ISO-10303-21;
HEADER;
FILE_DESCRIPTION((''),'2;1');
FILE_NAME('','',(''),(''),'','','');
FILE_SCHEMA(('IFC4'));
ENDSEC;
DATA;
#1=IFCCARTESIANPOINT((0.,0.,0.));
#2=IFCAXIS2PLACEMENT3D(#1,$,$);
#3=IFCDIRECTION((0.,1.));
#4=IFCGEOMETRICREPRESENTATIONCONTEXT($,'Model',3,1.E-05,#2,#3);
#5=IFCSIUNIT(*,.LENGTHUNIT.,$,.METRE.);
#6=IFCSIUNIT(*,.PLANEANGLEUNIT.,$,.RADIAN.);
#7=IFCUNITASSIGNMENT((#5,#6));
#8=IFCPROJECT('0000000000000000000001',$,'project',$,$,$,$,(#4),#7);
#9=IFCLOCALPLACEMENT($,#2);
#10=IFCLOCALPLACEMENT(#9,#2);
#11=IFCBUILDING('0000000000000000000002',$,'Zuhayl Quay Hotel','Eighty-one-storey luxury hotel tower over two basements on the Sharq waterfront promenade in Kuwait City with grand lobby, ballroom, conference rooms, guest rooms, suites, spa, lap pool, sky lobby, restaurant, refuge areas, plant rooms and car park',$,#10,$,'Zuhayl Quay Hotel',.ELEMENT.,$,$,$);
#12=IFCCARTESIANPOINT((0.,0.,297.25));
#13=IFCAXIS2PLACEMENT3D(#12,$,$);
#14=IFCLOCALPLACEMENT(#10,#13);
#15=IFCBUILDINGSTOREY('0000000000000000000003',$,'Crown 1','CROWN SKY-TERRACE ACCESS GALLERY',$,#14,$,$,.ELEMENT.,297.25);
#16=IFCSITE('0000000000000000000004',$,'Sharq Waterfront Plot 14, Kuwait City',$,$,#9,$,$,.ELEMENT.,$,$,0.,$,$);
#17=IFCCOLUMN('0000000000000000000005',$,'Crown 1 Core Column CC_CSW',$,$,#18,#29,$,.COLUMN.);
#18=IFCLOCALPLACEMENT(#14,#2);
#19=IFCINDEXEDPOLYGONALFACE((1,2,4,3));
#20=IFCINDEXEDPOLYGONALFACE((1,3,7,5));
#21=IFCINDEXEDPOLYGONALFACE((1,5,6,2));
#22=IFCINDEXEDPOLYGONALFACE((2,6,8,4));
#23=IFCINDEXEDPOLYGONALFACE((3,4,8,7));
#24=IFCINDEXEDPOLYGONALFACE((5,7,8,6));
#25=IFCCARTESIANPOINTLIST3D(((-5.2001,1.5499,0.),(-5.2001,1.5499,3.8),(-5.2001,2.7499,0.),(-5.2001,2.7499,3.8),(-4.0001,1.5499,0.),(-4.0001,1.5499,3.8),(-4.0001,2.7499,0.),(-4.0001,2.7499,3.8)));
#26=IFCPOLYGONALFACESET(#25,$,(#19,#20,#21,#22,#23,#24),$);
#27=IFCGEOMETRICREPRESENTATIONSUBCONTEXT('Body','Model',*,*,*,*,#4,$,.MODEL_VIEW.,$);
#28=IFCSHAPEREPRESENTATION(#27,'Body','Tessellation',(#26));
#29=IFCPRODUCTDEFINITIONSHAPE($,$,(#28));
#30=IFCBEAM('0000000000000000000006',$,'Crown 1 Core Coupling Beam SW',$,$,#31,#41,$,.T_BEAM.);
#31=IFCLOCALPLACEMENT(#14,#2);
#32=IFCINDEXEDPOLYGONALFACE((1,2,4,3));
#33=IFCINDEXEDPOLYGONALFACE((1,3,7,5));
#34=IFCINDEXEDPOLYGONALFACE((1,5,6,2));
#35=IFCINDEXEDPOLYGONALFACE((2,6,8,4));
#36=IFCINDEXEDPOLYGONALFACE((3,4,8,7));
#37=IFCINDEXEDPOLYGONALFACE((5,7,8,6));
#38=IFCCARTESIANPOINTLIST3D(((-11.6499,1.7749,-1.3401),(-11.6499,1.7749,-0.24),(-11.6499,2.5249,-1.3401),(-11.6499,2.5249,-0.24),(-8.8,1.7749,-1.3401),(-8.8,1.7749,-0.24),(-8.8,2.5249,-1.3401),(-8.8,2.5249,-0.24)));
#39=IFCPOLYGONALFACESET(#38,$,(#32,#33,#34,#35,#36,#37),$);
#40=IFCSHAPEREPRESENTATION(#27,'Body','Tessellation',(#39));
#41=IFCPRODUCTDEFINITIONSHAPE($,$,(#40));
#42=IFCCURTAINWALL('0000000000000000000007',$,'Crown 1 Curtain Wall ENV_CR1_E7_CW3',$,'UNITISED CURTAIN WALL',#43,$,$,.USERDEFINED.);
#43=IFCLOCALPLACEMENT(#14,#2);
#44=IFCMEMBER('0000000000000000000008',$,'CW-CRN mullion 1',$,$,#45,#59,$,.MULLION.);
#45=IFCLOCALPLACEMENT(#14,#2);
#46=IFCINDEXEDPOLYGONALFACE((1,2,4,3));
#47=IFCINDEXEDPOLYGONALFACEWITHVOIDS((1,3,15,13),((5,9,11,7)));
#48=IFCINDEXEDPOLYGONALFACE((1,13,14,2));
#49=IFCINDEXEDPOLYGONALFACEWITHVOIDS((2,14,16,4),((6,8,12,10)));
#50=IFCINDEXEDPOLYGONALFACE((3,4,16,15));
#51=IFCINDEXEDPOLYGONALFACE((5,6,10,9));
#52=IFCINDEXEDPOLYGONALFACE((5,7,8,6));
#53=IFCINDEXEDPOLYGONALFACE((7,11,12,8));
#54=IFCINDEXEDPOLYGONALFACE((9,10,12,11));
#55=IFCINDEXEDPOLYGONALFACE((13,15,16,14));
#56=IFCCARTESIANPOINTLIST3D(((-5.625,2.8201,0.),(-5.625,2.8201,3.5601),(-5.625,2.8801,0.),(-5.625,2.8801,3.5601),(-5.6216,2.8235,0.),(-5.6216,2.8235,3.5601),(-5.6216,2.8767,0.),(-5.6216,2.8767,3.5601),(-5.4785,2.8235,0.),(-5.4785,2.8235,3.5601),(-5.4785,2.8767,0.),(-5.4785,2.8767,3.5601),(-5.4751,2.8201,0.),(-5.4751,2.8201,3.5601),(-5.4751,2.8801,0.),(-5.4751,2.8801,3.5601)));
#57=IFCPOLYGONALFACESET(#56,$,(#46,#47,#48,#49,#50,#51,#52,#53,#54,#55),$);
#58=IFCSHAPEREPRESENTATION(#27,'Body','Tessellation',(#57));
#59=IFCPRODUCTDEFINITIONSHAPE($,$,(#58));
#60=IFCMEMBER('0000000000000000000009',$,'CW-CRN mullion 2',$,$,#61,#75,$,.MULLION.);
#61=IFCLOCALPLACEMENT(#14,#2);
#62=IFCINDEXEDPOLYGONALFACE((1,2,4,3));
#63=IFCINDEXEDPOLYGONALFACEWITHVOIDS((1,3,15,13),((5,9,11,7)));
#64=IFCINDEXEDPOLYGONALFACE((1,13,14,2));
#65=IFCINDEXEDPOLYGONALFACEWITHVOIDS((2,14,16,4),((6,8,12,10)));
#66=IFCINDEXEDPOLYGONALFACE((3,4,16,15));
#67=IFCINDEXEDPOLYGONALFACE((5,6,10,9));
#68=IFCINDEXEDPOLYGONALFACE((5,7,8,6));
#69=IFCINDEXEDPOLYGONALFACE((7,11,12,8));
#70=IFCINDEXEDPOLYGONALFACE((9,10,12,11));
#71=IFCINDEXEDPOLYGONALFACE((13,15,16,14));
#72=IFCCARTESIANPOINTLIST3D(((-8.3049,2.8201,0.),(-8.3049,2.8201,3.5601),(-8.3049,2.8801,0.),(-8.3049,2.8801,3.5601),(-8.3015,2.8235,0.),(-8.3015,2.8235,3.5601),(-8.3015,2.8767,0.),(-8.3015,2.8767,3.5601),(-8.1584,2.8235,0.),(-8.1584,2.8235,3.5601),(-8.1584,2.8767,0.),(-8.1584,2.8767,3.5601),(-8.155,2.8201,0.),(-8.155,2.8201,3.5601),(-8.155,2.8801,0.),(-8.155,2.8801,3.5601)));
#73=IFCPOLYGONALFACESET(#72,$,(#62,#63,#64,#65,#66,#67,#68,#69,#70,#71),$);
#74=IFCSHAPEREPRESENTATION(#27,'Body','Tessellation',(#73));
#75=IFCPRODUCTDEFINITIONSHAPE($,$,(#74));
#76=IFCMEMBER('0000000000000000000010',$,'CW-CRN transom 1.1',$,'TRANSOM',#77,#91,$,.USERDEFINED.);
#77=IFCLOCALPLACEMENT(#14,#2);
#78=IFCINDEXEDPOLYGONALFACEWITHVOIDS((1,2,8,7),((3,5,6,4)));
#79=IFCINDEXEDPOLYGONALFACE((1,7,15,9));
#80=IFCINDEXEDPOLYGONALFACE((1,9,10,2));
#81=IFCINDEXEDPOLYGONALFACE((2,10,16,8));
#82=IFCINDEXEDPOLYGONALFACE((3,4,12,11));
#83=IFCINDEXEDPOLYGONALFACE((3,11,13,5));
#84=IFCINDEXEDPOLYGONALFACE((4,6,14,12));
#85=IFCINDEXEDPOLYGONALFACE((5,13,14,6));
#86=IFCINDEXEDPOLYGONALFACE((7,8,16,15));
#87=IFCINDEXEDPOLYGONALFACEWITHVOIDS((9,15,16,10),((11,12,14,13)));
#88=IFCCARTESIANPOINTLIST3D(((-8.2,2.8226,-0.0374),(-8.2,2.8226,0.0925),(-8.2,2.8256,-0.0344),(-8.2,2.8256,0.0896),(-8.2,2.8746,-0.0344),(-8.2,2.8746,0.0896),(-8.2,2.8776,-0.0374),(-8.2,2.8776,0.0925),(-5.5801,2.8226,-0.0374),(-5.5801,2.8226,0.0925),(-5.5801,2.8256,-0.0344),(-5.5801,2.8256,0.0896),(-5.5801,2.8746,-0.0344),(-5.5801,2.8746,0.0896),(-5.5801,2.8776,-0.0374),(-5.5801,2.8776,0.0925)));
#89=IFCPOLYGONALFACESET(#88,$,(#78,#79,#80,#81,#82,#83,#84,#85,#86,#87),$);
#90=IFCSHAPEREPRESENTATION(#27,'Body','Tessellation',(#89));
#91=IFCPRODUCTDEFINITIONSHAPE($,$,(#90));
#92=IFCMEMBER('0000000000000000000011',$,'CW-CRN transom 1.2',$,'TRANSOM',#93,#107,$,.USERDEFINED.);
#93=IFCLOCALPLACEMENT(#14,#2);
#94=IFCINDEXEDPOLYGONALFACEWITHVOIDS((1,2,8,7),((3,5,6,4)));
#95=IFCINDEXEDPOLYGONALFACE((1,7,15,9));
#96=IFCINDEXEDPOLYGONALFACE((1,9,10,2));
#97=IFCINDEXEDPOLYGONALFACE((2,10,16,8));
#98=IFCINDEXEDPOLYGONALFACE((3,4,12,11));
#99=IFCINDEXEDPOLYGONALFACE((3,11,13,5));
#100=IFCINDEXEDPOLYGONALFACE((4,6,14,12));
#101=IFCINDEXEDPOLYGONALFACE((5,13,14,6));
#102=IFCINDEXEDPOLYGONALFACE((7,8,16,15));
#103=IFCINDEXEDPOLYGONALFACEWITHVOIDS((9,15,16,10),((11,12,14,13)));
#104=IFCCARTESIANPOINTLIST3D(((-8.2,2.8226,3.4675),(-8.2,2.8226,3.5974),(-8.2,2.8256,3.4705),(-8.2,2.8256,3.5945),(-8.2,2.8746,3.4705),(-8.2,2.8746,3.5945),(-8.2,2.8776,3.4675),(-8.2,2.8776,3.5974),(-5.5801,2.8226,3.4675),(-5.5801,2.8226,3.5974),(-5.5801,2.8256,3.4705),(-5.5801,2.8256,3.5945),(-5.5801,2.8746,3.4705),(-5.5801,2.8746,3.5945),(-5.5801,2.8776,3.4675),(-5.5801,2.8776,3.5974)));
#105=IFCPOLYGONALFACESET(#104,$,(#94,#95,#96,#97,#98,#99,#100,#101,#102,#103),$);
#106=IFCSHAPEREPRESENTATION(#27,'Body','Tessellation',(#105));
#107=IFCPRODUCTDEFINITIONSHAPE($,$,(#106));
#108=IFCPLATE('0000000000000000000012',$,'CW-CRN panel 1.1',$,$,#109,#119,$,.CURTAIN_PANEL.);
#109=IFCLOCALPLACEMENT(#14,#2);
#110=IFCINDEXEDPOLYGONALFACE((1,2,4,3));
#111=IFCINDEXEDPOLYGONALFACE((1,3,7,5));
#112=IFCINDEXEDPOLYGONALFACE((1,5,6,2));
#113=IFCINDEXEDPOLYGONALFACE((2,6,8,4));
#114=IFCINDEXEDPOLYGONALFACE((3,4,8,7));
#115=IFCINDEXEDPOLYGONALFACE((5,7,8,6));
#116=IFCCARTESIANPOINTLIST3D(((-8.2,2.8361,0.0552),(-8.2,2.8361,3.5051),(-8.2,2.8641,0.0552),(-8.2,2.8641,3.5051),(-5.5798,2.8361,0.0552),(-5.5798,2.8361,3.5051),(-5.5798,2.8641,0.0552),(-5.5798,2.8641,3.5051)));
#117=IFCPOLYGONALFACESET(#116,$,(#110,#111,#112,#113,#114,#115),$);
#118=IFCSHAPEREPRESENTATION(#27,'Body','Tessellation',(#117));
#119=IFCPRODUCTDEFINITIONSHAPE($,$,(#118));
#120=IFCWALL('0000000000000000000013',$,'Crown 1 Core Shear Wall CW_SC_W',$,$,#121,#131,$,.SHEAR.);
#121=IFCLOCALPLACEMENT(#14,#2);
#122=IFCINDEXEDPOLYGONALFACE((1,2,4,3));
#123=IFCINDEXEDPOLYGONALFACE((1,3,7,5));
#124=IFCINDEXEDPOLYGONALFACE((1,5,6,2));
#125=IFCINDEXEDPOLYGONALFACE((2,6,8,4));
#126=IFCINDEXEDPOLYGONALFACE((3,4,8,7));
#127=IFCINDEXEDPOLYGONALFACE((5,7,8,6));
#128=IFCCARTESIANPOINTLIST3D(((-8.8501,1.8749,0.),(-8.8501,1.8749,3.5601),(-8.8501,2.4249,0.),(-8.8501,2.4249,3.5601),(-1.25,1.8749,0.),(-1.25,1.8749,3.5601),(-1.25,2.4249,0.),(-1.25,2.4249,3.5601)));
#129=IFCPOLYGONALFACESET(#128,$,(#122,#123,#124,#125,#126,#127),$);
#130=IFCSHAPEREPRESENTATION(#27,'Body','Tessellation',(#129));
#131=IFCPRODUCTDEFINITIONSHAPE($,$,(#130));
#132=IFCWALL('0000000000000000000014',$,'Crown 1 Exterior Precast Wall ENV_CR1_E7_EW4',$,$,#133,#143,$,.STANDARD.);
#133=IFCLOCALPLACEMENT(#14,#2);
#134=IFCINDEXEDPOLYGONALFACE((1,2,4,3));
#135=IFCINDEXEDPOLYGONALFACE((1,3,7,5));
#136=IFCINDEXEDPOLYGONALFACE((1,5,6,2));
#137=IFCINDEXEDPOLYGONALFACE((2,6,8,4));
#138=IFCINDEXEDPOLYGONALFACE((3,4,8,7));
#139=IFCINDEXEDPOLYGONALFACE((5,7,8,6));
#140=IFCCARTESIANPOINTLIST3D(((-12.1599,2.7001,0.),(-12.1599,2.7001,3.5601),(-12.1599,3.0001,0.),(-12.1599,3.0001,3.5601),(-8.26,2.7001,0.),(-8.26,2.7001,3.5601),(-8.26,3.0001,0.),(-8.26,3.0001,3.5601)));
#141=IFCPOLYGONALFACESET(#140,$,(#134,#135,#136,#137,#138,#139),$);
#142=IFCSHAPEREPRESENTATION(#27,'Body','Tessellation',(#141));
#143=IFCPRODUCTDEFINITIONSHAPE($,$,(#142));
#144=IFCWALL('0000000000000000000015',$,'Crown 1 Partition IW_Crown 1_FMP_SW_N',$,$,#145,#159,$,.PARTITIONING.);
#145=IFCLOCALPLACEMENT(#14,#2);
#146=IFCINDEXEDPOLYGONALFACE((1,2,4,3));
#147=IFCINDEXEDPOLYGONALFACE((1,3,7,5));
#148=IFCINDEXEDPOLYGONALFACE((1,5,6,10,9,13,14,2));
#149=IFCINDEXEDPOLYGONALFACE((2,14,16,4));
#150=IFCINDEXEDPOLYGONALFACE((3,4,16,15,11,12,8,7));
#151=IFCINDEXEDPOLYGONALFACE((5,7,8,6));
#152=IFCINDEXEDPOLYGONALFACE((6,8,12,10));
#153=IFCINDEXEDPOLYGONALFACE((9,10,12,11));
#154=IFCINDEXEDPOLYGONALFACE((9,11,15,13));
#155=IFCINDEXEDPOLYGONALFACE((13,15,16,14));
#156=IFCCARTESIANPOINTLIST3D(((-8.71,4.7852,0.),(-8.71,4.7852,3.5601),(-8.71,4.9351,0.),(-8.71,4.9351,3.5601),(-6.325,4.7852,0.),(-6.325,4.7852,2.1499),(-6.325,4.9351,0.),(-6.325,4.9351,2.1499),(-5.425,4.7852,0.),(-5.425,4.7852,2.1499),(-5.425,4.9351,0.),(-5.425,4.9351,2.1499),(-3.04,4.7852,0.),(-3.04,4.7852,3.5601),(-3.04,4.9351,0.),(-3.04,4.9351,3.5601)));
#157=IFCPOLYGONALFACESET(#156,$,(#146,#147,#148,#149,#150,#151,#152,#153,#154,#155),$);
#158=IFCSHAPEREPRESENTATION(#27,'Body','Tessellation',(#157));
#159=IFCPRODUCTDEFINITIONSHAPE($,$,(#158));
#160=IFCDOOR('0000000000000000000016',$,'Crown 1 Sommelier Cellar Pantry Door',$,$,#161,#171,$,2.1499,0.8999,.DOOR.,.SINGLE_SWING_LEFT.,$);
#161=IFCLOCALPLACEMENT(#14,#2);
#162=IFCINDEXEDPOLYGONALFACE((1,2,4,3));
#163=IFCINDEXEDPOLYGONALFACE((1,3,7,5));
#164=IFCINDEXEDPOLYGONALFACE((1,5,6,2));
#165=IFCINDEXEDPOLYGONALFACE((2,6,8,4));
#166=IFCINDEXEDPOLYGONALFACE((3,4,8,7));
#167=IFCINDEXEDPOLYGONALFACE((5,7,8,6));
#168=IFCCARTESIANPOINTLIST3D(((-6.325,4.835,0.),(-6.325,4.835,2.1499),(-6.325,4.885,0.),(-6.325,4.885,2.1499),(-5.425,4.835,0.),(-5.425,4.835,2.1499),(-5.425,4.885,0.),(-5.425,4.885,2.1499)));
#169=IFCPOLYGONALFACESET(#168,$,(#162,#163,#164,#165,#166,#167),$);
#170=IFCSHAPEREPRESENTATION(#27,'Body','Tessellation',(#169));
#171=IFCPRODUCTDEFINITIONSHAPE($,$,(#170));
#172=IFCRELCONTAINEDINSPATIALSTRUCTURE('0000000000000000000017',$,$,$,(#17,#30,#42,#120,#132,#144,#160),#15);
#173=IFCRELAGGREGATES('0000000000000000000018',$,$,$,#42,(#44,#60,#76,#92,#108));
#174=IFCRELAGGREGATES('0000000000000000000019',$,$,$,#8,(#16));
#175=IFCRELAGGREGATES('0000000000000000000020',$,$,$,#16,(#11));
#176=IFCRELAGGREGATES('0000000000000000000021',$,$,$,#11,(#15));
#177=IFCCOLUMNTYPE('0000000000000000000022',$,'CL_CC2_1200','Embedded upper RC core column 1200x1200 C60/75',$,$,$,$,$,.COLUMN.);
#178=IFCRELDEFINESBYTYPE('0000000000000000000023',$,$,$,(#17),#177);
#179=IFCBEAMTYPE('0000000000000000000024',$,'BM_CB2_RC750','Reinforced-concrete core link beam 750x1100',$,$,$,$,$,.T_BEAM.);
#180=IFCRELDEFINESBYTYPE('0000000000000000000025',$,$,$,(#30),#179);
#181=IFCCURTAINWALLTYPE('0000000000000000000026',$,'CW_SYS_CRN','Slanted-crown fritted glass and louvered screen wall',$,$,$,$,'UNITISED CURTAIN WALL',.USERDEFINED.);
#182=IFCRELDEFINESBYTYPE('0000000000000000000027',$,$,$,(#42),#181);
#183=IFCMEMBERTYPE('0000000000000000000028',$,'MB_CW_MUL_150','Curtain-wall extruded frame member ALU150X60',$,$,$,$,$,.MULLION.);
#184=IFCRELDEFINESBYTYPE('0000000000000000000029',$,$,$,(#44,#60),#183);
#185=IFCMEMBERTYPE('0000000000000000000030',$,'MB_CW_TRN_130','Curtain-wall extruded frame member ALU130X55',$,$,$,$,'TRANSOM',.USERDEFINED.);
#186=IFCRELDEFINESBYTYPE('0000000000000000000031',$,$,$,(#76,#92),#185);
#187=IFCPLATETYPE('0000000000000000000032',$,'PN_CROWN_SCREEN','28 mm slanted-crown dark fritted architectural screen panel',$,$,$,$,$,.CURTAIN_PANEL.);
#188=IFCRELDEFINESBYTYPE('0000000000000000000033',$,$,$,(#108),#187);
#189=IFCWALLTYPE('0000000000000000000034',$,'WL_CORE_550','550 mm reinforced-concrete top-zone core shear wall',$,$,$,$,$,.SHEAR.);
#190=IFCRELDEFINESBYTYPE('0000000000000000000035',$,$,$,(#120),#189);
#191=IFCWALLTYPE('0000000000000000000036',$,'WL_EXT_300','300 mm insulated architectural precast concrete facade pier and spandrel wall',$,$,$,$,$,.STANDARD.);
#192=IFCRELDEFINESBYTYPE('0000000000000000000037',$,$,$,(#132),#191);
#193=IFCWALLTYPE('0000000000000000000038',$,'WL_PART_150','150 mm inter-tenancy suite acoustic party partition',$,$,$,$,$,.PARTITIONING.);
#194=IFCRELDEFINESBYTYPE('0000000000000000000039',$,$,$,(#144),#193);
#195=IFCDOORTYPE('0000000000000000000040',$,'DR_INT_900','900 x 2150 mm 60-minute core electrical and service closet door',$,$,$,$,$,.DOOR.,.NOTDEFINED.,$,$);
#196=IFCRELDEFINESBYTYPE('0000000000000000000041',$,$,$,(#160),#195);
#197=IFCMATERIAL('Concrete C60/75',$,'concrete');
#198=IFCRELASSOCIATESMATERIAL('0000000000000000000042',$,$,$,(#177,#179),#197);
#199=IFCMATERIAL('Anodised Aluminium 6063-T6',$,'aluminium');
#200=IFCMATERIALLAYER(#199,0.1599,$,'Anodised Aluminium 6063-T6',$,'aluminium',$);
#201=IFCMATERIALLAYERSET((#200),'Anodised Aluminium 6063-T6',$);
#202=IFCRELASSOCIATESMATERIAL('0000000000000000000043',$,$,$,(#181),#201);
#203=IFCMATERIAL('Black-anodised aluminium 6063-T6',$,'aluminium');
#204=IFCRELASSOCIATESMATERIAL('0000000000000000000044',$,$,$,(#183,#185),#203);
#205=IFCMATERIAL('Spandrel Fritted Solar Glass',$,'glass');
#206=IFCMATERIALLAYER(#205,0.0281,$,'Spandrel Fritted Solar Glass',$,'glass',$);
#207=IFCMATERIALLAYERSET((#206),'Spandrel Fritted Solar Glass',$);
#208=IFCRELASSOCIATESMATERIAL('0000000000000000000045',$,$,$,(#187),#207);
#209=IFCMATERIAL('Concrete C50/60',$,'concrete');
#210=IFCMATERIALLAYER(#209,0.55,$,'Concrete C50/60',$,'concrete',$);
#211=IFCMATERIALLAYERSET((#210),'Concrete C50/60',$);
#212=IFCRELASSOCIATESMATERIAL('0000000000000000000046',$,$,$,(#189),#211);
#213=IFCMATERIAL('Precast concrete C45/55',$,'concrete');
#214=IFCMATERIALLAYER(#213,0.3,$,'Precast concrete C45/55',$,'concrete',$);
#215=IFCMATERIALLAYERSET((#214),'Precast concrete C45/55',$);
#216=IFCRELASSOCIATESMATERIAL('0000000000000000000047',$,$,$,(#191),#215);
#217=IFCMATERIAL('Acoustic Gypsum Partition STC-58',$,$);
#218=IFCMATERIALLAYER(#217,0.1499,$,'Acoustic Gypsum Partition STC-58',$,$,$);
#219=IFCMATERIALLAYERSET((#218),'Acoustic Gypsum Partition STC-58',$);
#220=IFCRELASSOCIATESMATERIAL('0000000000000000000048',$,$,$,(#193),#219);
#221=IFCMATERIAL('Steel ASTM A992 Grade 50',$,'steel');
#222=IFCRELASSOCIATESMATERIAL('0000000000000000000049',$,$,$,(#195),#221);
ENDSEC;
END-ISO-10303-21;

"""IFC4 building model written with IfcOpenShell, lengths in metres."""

from ifc_helpers import new_model, si_unit, direction, frame, frame_2d, origin, origin_2d, place, context, subcontext, project, spatial, rectangle, hollow_rectangle, extrude, material, layer, layer_set, material_profile, profile_set, type_object, element, fill, aggregate, save


model = new_model("IFC4")

# Units and contexts
model_context = context("Model", 3, precision=1e-05, world=origin(), true_north=direction((0.0, 1.0)))
body_context = subcontext(model_context, "Body", "Model", "MODEL_VIEW")
ifc_project = project(units=[si_unit("LENGTHUNIT", "METRE"), si_unit("PLANEANGLEUNIT", "RADIAN")], contexts=[model_context])

# Site, building, storey
site_placement = place(None, origin())
site = spatial("IfcSite", under=ifc_project, at=site_placement, Name="Sharq Waterfront Plot 14, Kuwait City", CompositionType="ELEMENT", RefElevation=0.0)
building_placement = place(site_placement, origin())
building = spatial("IfcBuilding", under=site, at=building_placement, Name="Zuhayl Quay Hotel", Description="Eighty-one-storey luxury hotel tower over two basements on the Sharq waterfront promenade in Kuwait City with grand lobby, ballroom, conference rooms, guest rooms, suites, spa, lap pool, sky lobby, restaurant, refuge areas, plant rooms and car park", LongName="Zuhayl Quay Hotel", CompositionType="ELEMENT")
storey_placement = place(building_placement, frame((0.0, 0.0, 297.25)))
storey = spatial("IfcBuildingStorey", under=building, at=storey_placement, Name="Crown 1", Description="CROWN SKY-TERRACE ACCESS GALLERY", CompositionType="ELEMENT", Elevation=297.25)

# Column
ifc_material_1 = material(Name="Concrete C60/75", Category="concrete")
ifc_material_profile_1 = material_profile(ifc_material_1, rectangle(XDim=1.2, YDim=1.2, at=origin_2d()), Name="RC1200X1200")
ifc_profile_set_1 = profile_set([ifc_material_profile_1], Name="Concrete C60/75")
column_type = type_object("IfcColumnType", Name="CL_CC2_1200", Description="Embedded upper RC core column 1200x1200 C60/75", PredefinedType="COLUMN", material=ifc_profile_set_1)
column_placement = place(storey_placement, frame((-4.6001, 2.1499, 0.0), z_axis=(0.0, 0.0, 1.0), x_axis=(1.0, 0.0, 0.0)))
element("IfcColumn", 1, at=column_placement, inside=storey, type_object=column_type, Name="Crown 1 Core Column CC_CSW", PredefinedType="COLUMN", context=body_context, shape_type="SweptSolid", body=[
    extrude(rectangle(XDim=1.2, YDim=1.2, at=origin_2d()), origin(), (0.0, 0.0, 1.0), 3.8),
])

# Beam
ifc_material_profile_2 = material_profile(ifc_material_1, rectangle(XDim=0.75, YDim=1.1001, at=origin_2d()), Name="RC750X1100")
ifc_profile_set_2 = profile_set([ifc_material_profile_2], Name="Concrete C60/75")
beam_type = type_object("IfcBeamType", Name="BM_CB2_RC750", Description="Reinforced-concrete core link beam 750x1100", PredefinedType="T_BEAM", material=ifc_profile_set_2)
beam_placement = place(storey_placement, frame((-11.6499, 2.1499, -0.79), z_axis=(1.0, 0.0, 0.0), x_axis=(0.0, 1.0, 0.0)))
element("IfcBeam", 2, at=beam_placement, inside=storey, type_object=beam_type, Name="Crown 1 Core Coupling Beam SW", PredefinedType="T_BEAM", context=body_context, shape_type="SweptSolid", body=[
    extrude(rectangle(XDim=0.75, YDim=1.1001, at=origin_2d()), origin(), (0.0, 0.0, 1.0), 2.8499),
])

# Curtain wall, members, plate
ifc_material_2 = material(Name="Anodised Aluminium 6063-T6", Category="aluminium")
ifc_layer_1 = layer(ifc_material_2, 0.1599, Name="Anodised Aluminium 6063-T6", Category="aluminium")
ifc_layer_set_1 = layer_set([ifc_layer_1], Name="Anodised Aluminium 6063-T6")
curtain_wall_type = type_object("IfcCurtainWallType", Name="CW_SYS_CRN", Description="Slanted-crown fritted glass and louvered screen wall", ElementType="UNITISED CURTAIN WALL", PredefinedType="USERDEFINED", material=ifc_layer_set_1)
curtain_wall_placement = place(storey_placement, origin())
curtain_wall = element("IfcCurtainWall", 3, at=curtain_wall_placement, inside=storey, type_object=curtain_wall_type, Name="Crown 1 Curtain Wall ENV_CR1_E7_CW3", ObjectType="UNITISED CURTAIN WALL", PredefinedType="USERDEFINED")
ifc_material_3 = material(Name="Black-anodised aluminium 6063-T6", Category="aluminium")
ifc_material_profile_3 = material_profile(ifc_material_3, hollow_rectangle(XDim=0.0601, YDim=0.1499, WallThickness=0.0034, at=origin_2d()), Name="ALU150X60")
ifc_profile_set_3 = profile_set([ifc_material_profile_3], Name="Black-anodised aluminium 6063-T6")
member_type_1 = type_object("IfcMemberType", Name="MB_CW_MUL_150", Description="Curtain-wall extruded frame member ALU150X60", PredefinedType="MULLION", material=ifc_profile_set_3)
member_1_placement = place(storey_placement, frame((-5.55, 2.8501, 0.0), z_axis=(0.0, 0.0, 1.0), x_axis=(0.0, -1.0, 0.0)))
member_1 = element("IfcMember", 4, at=member_1_placement, type_object=member_type_1, Name="CW-CRN mullion 1", PredefinedType="MULLION", context=body_context, shape_type="SweptSolid", body=[
    extrude(hollow_rectangle(XDim=0.0601, YDim=0.1499, WallThickness=0.0034, at=origin_2d()), origin(), (0.0, 0.0, 1.0), 3.5601),
])
member_2_placement = place(storey_placement, frame((-8.23, 2.8501, 0.0), z_axis=(0.0, 0.0, 1.0), x_axis=(0.0, -1.0, 0.0)))
member_2 = element("IfcMember", 5, at=member_2_placement, type_object=member_type_1, Name="CW-CRN mullion 2", PredefinedType="MULLION", context=body_context, shape_type="SweptSolid", body=[
    extrude(hollow_rectangle(XDim=0.0601, YDim=0.1499, WallThickness=0.0034, at=origin_2d()), origin(), (0.0, 0.0, 1.0), 3.5601),
])
ifc_material_profile_4 = material_profile(ifc_material_3, hollow_rectangle(XDim=0.0549, YDim=0.1299, WallThickness=0.0029, at=origin_2d()), Name="ALU130X55")
ifc_profile_set_4 = profile_set([ifc_material_profile_4], Name="Black-anodised aluminium 6063-T6")
member_type_2 = type_object("IfcMemberType", Name="MB_CW_TRN_130", Description="Curtain-wall extruded frame member ALU130X55", ElementType="TRANSOM", PredefinedType="USERDEFINED", material=ifc_profile_set_4)
member_3_placement = place(storey_placement, frame((-5.5801, 2.8501, 0.0276), z_axis=(-1.0, 0.0, 0.0), x_axis=(0.0, -1.0, 0.0)))
member_3 = element("IfcMember", 6, at=member_3_placement, type_object=member_type_2, Name="CW-CRN transom 1.1", ObjectType="TRANSOM", PredefinedType="USERDEFINED", context=body_context, shape_type="SweptSolid", body=[
    extrude(hollow_rectangle(XDim=0.0549, YDim=0.1299, WallThickness=0.0029, at=origin_2d()), origin(), (0.0, 0.0, 1.0), 2.6199),
])
member_4_placement = place(storey_placement, frame((-5.5801, 2.8501, 3.5325), z_axis=(-1.0, 0.0, 0.0), x_axis=(0.0, -1.0, 0.0)))
member_4 = element("IfcMember", 7, at=member_4_placement, type_object=member_type_2, Name="CW-CRN transom 1.2", ObjectType="TRANSOM", PredefinedType="USERDEFINED", context=body_context, shape_type="SweptSolid", body=[
    extrude(hollow_rectangle(XDim=0.0549, YDim=0.1299, WallThickness=0.0029, at=origin_2d()), origin(), (0.0, 0.0, 1.0), 2.6199),
])
ifc_material_4 = material(Name="Spandrel Fritted Solar Glass", Category="glass")
ifc_layer_2 = layer(ifc_material_4, 0.0281, Name="Spandrel Fritted Solar Glass", Category="glass")
ifc_layer_set_2 = layer_set([ifc_layer_2], Name="Spandrel Fritted Solar Glass")
plate_type = type_object("IfcPlateType", Name="PN_CROWN_SCREEN", Description="28 mm slanted-crown dark fritted architectural screen panel", PredefinedType="CURTAIN_PANEL", material=ifc_layer_set_2)
plate_placement = place(storey_placement, frame((-6.8899, 2.8501, 0.0552), z_axis=(0.0, 0.0, 1.0), x_axis=(-1.0, 0.0, 0.0)))
plate = element("IfcPlate", 8, at=plate_placement, type_object=plate_type, Name="CW-CRN panel 1.1", PredefinedType="CURTAIN_PANEL", context=body_context, shape_type="SweptSolid", body=[
    extrude(rectangle(XDim=2.6201, YDim=0.0281, at=origin_2d()), origin(), (0.0, 0.0, 1.0), 3.45),
])
aggregate(curtain_wall, [member_1, member_2, member_3, member_4, plate])

# Walls
ifc_material_5 = material(Name="Concrete C50/60", Category="concrete")
ifc_layer_3 = layer(ifc_material_5, 0.55, Name="Concrete C50/60", Category="concrete")
ifc_layer_set_3 = layer_set([ifc_layer_3], Name="Concrete C50/60")
wall_type_1 = type_object("IfcWallType", Name="WL_CORE_550", Description="550 mm reinforced-concrete top-zone core shear wall", PredefinedType="SHEAR", material=ifc_layer_set_3)
wall_1_placement = place(storey_placement, frame((-8.8501, 2.1499, 0.0), z_axis=(0.0, 0.0, 1.0), x_axis=(1.0, 0.0, 0.0)))
element("IfcWall", 9, at=wall_1_placement, inside=storey, type_object=wall_type_1, Name="Crown 1 Core Shear Wall CW_SC_W", PredefinedType="SHEAR", context=body_context, shape_type="SweptSolid", body=[
    extrude(rectangle(XDim=7.6001, YDim=0.55, at=frame_2d((3.8, 0.0))), origin(), (0.0, 0.0, 1.0), 3.5601),
])
ifc_material_6 = material(Name="Precast concrete C45/55", Category="concrete")
ifc_layer_4 = layer(ifc_material_6, 0.3, Name="Precast concrete C45/55", Category="concrete")
ifc_layer_set_4 = layer_set([ifc_layer_4], Name="Precast concrete C45/55")
wall_type_2 = type_object("IfcWallType", Name="WL_EXT_300", Description="300 mm insulated architectural precast concrete facade pier and spandrel wall", PredefinedType="STANDARD", material=ifc_layer_set_4)
wall_2_placement = place(storey_placement, frame((-8.26, 2.8501, 0.0), z_axis=(0.0, 0.0, 1.0), x_axis=(-1.0, 0.0, 0.0)))
element("IfcWall", 10, at=wall_2_placement, inside=storey, type_object=wall_type_2, Name="Crown 1 Exterior Precast Wall ENV_CR1_E7_EW4", PredefinedType="STANDARD", context=body_context, shape_type="SweptSolid", body=[
    extrude(rectangle(XDim=3.8999, YDim=0.3, at=frame_2d((1.95, 0.0))), origin(), (0.0, 0.0, 1.0), 3.5601),
])

# Wall, opening, door
ifc_material_7 = material(Name="Acoustic Gypsum Partition STC-58")
ifc_layer_5 = layer(ifc_material_7, 0.1499, Name="Acoustic Gypsum Partition STC-58")
ifc_layer_set_5 = layer_set([ifc_layer_5], Name="Acoustic Gypsum Partition STC-58")
wall_type_3 = type_object("IfcWallType", Name="WL_PART_150", Description="150 mm inter-tenancy suite acoustic party partition", PredefinedType="PARTITIONING", material=ifc_layer_set_5)
wall_3_placement = place(storey_placement, frame((-8.71, 4.8601, 0.0), z_axis=(0.0, 0.0, 1.0), x_axis=(1.0, 0.0, 0.0)))
wall_3 = element("IfcWall", 11, at=wall_3_placement, inside=storey, type_object=wall_type_3, Name="Crown 1 Partition IW_Crown 1_FMP_SW_N", PredefinedType="PARTITIONING", context=body_context, shape_type="SweptSolid", body=[
    extrude(rectangle(XDim=5.6699, YDim=0.1499, at=frame_2d((2.835, 0.0))), origin(), (0.0, 0.0, 1.0), 3.5601),
])
opening_1_placement = place(wall_3_placement, frame((2.385, 0.0, 0.0)))
opening_1 = element("IfcOpeningElement", 12, at=opening_1_placement, cuts=wall_3, PredefinedType="OPENING", context=body_context, shape_type="SweptSolid", body=[
    extrude(rectangle(XDim=0.8999, YDim=2.1499, at=frame_2d((0.45, 1.075))), frame((0.0, 0.085, 0.0), z_axis=(0.0, -1.0, 0.0), x_axis=(1.0, 0.0, 0.0)), (0.0, 0.0, 1.0), 0.1699),
])
ifc_material_8 = material(Name="Steel ASTM A992 Grade 50", Category="steel")
door_type_1 = type_object("IfcDoorType", Name="DR_INT_900", Description="900 x 2150 mm 60-minute core electrical and service closet door", OperationType="NOTDEFINED", PredefinedType="DOOR", material=ifc_material_8)
door_1_placement = place(opening_1_placement, origin())
door_1 = element("IfcDoor", 13, at=door_1_placement, inside=storey, type_object=door_type_1, Name="Crown 1 Sommelier Cellar Pantry Door", OperationType="SINGLE_SWING_LEFT", OverallHeight=2.1499, OverallWidth=0.8999, PredefinedType="DOOR", context=body_context, shape_type="SweptSolid", body=[
    extrude(rectangle(XDim=0.8999, YDim=2.1499, at=frame_2d((0.45, 1.075))), frame((0.0, 0.0249, 0.0), z_axis=(0.0, -1.0, 0.0), x_axis=(1.0, 0.0, 0.0)), (0.0, 0.0, 1.0), 0.05),
])
fill(opening_1, door_1)

save(model, "model.ifc")
